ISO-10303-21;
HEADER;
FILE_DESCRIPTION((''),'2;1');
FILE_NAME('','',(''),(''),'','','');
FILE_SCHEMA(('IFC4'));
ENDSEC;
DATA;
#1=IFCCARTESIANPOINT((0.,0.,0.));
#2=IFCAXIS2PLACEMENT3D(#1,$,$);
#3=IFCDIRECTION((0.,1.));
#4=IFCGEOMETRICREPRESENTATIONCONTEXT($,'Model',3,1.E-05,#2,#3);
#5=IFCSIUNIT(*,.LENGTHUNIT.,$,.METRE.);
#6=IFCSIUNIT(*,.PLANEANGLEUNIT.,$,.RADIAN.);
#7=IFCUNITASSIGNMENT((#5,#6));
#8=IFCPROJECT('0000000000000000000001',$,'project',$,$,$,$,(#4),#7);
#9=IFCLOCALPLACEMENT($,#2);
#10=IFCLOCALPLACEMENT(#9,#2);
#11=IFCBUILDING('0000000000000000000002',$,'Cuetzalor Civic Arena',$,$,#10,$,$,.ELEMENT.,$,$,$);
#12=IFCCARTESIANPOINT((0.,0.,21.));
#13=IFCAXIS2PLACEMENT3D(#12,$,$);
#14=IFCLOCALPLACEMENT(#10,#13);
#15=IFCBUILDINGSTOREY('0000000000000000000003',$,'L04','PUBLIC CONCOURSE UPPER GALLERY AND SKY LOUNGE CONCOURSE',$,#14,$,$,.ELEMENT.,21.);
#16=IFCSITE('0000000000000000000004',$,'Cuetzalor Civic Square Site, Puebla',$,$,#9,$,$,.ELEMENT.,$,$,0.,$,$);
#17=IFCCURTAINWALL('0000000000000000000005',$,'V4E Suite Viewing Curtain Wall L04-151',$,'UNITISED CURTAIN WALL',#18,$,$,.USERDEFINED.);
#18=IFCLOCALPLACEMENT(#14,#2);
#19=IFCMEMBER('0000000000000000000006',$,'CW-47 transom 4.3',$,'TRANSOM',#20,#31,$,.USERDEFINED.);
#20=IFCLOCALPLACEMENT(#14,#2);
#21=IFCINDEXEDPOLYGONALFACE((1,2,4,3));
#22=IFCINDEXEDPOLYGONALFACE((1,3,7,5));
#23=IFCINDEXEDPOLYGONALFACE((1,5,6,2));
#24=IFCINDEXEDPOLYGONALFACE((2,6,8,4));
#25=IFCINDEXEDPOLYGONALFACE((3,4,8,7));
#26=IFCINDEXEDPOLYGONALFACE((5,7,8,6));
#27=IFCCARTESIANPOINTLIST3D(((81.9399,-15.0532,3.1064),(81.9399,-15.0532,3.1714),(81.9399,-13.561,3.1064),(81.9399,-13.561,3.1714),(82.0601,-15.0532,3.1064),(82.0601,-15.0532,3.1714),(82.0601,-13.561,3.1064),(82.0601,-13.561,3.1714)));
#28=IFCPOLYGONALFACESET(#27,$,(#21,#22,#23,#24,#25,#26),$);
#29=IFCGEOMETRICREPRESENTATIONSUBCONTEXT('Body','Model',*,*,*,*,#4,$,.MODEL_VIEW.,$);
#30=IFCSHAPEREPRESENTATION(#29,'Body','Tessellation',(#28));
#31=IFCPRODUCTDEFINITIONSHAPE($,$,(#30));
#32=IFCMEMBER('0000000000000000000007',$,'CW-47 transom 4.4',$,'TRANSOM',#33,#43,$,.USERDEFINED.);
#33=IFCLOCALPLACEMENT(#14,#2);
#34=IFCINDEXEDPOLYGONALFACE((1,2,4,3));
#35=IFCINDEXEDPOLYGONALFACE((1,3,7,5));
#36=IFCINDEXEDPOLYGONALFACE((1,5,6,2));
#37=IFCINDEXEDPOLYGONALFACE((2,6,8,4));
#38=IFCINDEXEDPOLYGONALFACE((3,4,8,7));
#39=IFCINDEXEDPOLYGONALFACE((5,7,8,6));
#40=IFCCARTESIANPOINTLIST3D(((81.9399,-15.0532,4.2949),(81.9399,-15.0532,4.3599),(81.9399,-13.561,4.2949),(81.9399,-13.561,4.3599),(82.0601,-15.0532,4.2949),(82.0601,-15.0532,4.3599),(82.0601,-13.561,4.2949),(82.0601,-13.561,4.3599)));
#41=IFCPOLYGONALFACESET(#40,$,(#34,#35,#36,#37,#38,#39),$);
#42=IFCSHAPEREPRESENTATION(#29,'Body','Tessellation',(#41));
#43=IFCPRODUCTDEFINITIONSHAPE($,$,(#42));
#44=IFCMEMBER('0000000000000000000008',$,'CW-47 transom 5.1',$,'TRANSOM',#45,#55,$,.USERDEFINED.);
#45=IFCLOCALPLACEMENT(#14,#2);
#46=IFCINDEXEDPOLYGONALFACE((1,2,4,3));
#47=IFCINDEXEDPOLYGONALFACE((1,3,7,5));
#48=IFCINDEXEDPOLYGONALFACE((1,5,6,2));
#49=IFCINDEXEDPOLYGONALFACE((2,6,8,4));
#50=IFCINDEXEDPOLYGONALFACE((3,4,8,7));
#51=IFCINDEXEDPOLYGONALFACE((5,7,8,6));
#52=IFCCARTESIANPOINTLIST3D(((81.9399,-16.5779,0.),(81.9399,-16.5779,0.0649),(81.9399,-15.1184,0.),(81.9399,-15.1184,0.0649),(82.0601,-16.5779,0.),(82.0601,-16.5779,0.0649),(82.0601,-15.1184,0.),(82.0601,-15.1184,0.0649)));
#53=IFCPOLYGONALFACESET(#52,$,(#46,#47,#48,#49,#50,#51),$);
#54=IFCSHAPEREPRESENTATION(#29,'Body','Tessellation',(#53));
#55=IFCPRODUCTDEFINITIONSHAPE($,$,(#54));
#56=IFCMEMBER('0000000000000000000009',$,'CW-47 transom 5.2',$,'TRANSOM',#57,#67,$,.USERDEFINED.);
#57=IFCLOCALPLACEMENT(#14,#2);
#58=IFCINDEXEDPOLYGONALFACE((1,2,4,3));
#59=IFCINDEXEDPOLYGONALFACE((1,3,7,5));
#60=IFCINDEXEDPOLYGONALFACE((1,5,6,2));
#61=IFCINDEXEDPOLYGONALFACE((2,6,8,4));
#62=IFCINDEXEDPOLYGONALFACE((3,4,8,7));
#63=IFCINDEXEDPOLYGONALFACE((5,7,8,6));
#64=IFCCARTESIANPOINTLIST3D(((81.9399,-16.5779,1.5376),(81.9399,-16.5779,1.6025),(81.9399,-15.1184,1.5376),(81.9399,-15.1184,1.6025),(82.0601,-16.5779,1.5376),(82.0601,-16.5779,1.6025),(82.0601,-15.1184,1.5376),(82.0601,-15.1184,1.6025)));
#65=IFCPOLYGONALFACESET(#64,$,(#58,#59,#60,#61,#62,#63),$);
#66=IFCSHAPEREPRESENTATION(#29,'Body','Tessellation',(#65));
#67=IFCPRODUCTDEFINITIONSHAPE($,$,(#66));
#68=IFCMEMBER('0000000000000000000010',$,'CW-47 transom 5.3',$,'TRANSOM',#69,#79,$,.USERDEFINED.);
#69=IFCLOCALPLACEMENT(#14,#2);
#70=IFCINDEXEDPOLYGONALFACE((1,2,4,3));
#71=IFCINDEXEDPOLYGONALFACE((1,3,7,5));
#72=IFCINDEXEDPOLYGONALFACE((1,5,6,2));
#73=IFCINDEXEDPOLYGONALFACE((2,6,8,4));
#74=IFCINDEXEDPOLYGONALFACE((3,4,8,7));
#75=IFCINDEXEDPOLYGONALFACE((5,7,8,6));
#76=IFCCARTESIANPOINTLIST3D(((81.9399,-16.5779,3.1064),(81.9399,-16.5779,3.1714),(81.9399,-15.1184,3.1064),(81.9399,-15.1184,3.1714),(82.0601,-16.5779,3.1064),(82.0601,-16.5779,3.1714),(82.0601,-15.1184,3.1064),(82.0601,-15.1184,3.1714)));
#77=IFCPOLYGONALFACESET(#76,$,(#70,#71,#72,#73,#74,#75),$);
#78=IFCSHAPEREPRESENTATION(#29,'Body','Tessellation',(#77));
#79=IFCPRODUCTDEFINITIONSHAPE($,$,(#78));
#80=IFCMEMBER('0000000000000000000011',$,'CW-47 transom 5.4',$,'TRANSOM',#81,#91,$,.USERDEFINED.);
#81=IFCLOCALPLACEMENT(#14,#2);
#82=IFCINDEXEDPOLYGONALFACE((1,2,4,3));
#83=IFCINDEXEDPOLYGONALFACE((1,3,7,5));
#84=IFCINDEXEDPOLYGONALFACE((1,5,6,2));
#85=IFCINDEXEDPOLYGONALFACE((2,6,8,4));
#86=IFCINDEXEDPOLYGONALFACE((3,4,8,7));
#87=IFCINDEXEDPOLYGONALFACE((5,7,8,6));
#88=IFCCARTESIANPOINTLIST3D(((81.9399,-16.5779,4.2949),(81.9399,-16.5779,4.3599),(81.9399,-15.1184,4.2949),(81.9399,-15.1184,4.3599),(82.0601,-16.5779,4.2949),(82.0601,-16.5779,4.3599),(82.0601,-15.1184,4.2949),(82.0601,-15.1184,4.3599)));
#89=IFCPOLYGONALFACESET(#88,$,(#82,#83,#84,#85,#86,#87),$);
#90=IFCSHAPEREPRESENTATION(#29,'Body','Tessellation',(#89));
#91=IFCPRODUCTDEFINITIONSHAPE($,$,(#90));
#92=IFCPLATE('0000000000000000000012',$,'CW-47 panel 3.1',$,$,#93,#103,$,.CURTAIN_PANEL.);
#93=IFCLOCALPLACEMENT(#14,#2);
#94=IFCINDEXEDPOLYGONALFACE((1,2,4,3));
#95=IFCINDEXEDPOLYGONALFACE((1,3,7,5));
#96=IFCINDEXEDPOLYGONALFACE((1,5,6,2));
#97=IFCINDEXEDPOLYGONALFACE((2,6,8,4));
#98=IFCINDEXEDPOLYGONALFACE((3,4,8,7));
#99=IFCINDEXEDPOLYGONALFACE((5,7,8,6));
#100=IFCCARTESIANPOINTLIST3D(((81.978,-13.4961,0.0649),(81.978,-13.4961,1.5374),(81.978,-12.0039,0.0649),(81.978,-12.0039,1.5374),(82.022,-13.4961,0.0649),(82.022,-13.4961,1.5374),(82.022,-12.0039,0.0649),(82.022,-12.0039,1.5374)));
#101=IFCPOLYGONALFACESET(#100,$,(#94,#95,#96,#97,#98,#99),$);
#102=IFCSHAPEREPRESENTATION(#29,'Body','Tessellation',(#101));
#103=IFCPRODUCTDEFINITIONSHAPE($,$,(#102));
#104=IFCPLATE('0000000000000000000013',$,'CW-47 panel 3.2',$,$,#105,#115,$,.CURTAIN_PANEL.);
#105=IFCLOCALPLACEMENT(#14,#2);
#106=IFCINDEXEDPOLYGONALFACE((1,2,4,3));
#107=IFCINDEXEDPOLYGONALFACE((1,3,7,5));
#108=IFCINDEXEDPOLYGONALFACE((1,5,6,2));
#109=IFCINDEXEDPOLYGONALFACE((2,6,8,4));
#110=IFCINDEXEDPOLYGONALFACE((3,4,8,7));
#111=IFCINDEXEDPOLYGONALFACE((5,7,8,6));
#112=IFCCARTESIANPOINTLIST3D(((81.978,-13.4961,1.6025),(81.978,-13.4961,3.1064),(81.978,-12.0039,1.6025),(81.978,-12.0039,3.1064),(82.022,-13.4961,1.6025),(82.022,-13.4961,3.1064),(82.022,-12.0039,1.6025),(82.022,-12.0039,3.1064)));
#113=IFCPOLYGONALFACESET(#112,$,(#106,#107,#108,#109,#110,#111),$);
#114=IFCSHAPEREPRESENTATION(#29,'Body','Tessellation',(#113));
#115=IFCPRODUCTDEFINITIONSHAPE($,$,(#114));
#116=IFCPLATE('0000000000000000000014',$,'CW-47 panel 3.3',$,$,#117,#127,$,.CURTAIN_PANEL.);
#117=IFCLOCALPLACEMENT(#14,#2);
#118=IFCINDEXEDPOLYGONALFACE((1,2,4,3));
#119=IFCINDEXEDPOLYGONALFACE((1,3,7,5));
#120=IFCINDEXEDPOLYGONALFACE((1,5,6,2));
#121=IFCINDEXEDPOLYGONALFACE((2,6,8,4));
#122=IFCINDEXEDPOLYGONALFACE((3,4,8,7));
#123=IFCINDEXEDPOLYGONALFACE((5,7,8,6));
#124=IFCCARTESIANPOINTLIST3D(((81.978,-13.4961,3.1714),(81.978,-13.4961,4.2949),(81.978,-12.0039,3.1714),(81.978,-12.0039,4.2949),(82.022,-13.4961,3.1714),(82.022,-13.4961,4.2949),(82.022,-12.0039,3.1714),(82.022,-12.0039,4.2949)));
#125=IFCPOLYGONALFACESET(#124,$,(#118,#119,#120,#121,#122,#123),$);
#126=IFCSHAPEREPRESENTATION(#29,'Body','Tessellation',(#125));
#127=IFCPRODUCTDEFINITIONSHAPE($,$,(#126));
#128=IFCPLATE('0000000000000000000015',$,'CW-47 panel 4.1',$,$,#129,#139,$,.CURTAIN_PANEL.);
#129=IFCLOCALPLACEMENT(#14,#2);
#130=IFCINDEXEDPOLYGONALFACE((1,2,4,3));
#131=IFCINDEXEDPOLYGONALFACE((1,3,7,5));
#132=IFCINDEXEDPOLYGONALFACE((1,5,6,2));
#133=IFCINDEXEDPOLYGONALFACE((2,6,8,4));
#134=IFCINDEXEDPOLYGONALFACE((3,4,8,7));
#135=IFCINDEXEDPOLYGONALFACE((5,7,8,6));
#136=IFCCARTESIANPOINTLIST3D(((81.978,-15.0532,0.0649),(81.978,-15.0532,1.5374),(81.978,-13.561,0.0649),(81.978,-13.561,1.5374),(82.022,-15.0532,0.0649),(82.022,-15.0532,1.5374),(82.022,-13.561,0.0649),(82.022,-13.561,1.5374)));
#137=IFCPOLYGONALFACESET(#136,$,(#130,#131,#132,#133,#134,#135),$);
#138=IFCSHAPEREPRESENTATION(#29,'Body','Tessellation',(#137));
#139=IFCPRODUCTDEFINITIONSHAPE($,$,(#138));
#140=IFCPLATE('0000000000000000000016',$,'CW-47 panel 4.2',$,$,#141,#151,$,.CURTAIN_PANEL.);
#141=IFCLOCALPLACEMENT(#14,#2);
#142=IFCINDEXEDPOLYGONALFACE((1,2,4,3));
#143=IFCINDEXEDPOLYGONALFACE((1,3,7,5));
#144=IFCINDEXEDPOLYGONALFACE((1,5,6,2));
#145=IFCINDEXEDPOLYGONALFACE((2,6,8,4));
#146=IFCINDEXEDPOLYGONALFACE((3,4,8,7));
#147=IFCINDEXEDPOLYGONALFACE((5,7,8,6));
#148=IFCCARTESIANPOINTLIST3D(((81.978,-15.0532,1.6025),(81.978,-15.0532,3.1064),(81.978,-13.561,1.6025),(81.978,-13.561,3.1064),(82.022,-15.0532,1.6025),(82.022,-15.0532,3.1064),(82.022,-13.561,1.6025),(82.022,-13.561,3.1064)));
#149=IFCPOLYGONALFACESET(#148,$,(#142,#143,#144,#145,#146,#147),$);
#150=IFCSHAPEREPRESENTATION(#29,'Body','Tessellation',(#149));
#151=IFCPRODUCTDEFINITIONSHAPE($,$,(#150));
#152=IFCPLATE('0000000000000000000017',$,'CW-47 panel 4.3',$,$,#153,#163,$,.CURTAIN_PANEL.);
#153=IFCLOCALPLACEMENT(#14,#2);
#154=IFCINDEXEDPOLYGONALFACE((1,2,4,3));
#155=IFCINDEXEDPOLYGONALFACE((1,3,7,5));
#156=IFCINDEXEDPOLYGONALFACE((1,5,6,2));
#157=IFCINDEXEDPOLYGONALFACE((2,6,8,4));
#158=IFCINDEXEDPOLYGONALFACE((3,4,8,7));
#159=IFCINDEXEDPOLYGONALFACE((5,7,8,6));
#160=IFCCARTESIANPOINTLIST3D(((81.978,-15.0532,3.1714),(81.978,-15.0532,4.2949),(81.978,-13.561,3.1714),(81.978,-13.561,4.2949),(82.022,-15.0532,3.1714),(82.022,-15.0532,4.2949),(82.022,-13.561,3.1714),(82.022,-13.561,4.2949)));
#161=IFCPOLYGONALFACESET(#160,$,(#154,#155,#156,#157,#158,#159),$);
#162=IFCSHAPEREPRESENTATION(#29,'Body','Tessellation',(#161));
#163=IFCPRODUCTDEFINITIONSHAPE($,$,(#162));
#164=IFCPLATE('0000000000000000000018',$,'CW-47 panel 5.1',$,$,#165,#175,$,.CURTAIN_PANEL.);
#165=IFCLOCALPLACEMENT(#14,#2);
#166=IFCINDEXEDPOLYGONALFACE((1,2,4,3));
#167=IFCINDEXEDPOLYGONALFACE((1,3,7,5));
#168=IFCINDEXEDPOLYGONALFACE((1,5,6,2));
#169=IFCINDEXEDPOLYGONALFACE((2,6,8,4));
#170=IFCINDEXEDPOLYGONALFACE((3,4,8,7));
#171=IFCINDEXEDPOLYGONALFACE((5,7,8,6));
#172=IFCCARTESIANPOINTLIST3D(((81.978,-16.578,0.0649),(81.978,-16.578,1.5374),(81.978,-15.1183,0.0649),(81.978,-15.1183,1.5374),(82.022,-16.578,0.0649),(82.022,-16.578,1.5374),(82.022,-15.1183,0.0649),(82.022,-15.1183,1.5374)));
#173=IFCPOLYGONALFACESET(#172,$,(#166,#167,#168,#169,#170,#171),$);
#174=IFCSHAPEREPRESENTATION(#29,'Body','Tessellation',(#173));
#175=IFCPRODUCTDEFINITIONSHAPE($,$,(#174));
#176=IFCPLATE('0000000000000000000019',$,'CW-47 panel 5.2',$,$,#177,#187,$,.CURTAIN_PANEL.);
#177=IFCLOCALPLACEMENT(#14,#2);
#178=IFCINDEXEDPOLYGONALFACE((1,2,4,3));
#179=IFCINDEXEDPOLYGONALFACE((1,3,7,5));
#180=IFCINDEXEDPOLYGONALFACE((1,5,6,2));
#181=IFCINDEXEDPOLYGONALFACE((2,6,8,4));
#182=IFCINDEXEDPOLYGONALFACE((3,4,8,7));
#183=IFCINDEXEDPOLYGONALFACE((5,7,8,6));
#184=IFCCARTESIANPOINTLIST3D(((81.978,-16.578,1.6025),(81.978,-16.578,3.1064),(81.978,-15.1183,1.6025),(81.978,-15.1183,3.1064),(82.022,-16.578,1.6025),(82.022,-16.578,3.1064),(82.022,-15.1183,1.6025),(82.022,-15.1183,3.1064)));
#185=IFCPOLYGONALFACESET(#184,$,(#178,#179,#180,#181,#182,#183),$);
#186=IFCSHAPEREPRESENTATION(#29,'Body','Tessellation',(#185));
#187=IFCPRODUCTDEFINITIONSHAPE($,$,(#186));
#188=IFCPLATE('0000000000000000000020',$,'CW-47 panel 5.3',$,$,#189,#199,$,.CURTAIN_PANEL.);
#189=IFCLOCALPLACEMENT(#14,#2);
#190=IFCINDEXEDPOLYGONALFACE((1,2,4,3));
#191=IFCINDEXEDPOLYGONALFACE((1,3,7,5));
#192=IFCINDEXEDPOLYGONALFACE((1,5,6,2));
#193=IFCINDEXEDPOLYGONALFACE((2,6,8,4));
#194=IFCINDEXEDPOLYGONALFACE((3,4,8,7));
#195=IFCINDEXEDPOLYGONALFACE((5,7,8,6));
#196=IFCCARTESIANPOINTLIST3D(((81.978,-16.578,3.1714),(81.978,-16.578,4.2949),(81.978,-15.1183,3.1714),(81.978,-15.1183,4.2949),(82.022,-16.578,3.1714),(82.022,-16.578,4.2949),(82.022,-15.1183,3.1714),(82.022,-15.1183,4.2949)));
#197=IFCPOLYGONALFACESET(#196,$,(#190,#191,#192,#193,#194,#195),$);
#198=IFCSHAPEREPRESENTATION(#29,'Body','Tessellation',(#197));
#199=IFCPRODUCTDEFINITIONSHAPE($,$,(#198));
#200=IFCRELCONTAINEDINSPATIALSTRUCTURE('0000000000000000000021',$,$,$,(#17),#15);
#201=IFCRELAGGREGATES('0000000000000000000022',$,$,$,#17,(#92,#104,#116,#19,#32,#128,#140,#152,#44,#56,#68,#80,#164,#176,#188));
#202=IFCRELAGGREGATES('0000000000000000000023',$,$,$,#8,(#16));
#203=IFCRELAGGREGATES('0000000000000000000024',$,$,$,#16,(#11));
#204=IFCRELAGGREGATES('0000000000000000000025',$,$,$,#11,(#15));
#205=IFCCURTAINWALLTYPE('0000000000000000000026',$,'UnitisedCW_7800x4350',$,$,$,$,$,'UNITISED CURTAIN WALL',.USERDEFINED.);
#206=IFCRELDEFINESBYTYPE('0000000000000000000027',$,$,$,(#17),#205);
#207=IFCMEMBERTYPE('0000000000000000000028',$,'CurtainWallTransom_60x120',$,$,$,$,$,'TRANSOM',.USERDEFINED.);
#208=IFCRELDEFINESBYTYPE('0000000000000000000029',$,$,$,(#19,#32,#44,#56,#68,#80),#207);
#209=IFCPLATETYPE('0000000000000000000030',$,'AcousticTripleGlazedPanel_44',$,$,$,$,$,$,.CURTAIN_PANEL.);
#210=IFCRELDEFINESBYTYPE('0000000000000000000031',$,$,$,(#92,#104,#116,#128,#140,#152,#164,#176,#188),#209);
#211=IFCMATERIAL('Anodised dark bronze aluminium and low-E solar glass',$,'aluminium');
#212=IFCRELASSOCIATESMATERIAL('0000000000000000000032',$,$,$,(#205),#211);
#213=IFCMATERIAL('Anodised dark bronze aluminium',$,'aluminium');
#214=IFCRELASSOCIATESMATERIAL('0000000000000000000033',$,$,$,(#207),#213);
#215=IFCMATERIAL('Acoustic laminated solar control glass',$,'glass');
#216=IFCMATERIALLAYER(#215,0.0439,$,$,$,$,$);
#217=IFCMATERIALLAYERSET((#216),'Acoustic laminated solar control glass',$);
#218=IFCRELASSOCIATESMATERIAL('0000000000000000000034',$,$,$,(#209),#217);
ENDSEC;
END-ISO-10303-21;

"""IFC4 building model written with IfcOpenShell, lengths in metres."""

from ifc_helpers import new_model, si_unit, direction, frame, origin, origin_2d, place, context, subcontext, project, spatial, rectangle, extrude, material, layer, layer_set, material_profile, profile_set, type_object, element, aggregate, save


model = new_model("IFC4")

# Units and contexts
model_context = context("Model", 3, precision=1e-05, world=origin(), true_north=direction((0.0, 1.0)))
body_context = subcontext(model_context, "Body", "Model", "MODEL_VIEW")
ifc_project = project(units=[si_unit("LENGTHUNIT", "METRE"), si_unit("PLANEANGLEUNIT", "RADIAN")], contexts=[model_context])

# Site, building, storey
site_placement = place(None, origin())
site = spatial("IfcSite", under=ifc_project, at=site_placement, Name="Cuetzalor Civic Square Site, Puebla", CompositionType="ELEMENT", RefElevation=0.0)
building_placement = place(site_placement, origin())
building = spatial("IfcBuilding", under=site, at=building_placement, Name="Cuetzalor Civic Arena", CompositionType="ELEMENT")
storey_placement = place(building_placement, frame((0.0, 0.0, 21.0)))
storey = spatial("IfcBuildingStorey", under=building, at=storey_placement, Name="L04", Description="PUBLIC CONCOURSE UPPER GALLERY AND SKY LOUNGE CONCOURSE", CompositionType="ELEMENT", Elevation=21.0)

# Curtain wall, members, plates
ifc_material_1 = material(Name="Anodised dark bronze aluminium and low-E solar glass", Category="aluminium")
curtain_wall_type = type_object("IfcCurtainWallType", Name="UnitisedCW_7800x4350", ElementType="UNITISED CURTAIN WALL", PredefinedType="USERDEFINED", material=ifc_material_1)
curtain_wall_placement = place(storey_placement, origin())
curtain_wall = element("IfcCurtainWall", 1, at=curtain_wall_placement, inside=storey, type_object=curtain_wall_type, Name="V4E Suite Viewing Curtain Wall L04-151", ObjectType="UNITISED CURTAIN WALL", PredefinedType="USERDEFINED")
ifc_material_2 = material(Name="Anodised dark bronze aluminium", Category="aluminium")
ifc_material_profile_1 = material_profile(ifc_material_2, rectangle(XDim=0.1201, YDim=0.0649, at=origin_2d()), Name="ALU TRANSOM 65x120")
ifc_profile_set_1 = profile_set([ifc_material_profile_1], Name="Anodised dark bronze aluminium")
member_type_1 = type_object("IfcMemberType", Name="CurtainWallTransom_60x120", ElementType="TRANSOM", PredefinedType="USERDEFINED", material=ifc_profile_set_1)
member_1_placement = place(storey_placement, frame((82.0, -13.561, 3.1389), z_axis=(0.0, -1.0, 0.0), x_axis=(1.0, 0.0, 0.0)))
member_1 = element("IfcMember", 2, at=member_1_placement, type_object=member_type_1, Name="CW-47 transom 4.3", ObjectType="TRANSOM", PredefinedType="USERDEFINED", context=body_context, shape_type="SweptSolid", body=[
    extrude(rectangle(XDim=0.1201, YDim=0.0649, at=origin_2d()), origin(), (0.0, 0.0, 1.0), 1.4922),
])
member_2_placement = place(storey_placement, frame((82.0, -13.561, 4.3274), z_axis=(0.0, -1.0, 0.0), x_axis=(1.0, 0.0, 0.0)))
member_2 = element("IfcMember", 3, at=member_2_placement, type_object=member_type_1, Name="CW-47 transom 4.4", ObjectType="TRANSOM", PredefinedType="USERDEFINED", context=body_context, shape_type="SweptSolid", body=[
    extrude(rectangle(XDim=0.1201, YDim=0.0649, at=origin_2d()), origin(), (0.0, 0.0, 1.0), 1.4922),
])
member_3_placement = place(storey_placement, frame((82.0, -15.1184, 0.0325), z_axis=(0.0, -1.0, 0.0), x_axis=(1.0, 0.0, 0.0)))
member_3 = element("IfcMember", 4, at=member_3_placement, type_object=member_type_1, Name="CW-47 transom 5.1", ObjectType="TRANSOM", PredefinedType="USERDEFINED", context=body_context, shape_type="SweptSolid", body=[
    extrude(rectangle(XDim=0.1201, YDim=0.0649, at=origin_2d()), origin(), (0.0, 0.0, 1.0), 1.4595),
])
member_4_placement = place(storey_placement, frame((82.0, -15.1184, 1.5701), z_axis=(0.0, -1.0, 0.0), x_axis=(1.0, 0.0, 0.0)))
member_4 = element("IfcMember", 5, at=member_4_placement, type_object=member_type_1, Name="CW-47 transom 5.2", ObjectType="TRANSOM", PredefinedType="USERDEFINED", context=body_context, shape_type="SweptSolid", body=[
    extrude(rectangle(XDim=0.1201, YDim=0.0649, at=origin_2d()), origin(), (0.0, 0.0, 1.0), 1.4595),
])
member_5_placement = place(storey_placement, frame((82.0, -15.1184, 3.1389), z_axis=(0.0, -1.0, 0.0), x_axis=(1.0, 0.0, 0.0)))
member_5 = element("IfcMember", 6, at=member_5_placement, type_object=member_type_1, Name="CW-47 transom 5.3", ObjectType="TRANSOM", PredefinedType="USERDEFINED", context=body_context, shape_type="SweptSolid", body=[
    extrude(rectangle(XDim=0.1201, YDim=0.0649, at=origin_2d()), origin(), (0.0, 0.0, 1.0), 1.4595),
])
member_6_placement = place(storey_placement, frame((82.0, -15.1184, 4.3274), z_axis=(0.0, -1.0, 0.0), x_axis=(1.0, 0.0, 0.0)))
member_6 = element("IfcMember", 7, at=member_6_placement, type_object=member_type_1, Name="CW-47 transom 5.4", ObjectType="TRANSOM", PredefinedType="USERDEFINED", context=body_context, shape_type="SweptSolid", body=[
    extrude(rectangle(XDim=0.1201, YDim=0.0649, at=origin_2d()), origin(), (0.0, 0.0, 1.0), 1.4595),
])
ifc_material_3 = material(Name="Acoustic laminated solar control glass", Category="glass")
ifc_layer_1 = layer(ifc_material_3, 0.0439)
ifc_layer_set_1 = layer_set([ifc_layer_1], Name="Acoustic laminated solar control glass")
plate_type = type_object("IfcPlateType", Name="AcousticTripleGlazedPanel_44", PredefinedType="CURTAIN_PANEL", material=ifc_layer_set_1)
plate_1_placement = place(storey_placement, frame((82.0, -12.75, 0.0649), z_axis=(0.0, 0.0, 1.0), x_axis=(0.0, -1.0, 0.0)))
plate_1 = element("IfcPlate", 8, at=plate_1_placement, type_object=plate_type, Name="CW-47 panel 3.1", PredefinedType="CURTAIN_PANEL", context=body_context, shape_type="SweptSolid", body=[
    extrude(rectangle(XDim=1.4922, YDim=0.0439, at=origin_2d()), origin(), (0.0, 0.0, 1.0), 1.4724),
])
plate_2_placement = place(storey_placement, frame((82.0, -12.75, 1.6025), z_axis=(0.0, 0.0, 1.0), x_axis=(0.0, -1.0, 0.0)))
plate_2 = element("IfcPlate", 9, at=plate_2_placement, type_object=plate_type, Name="CW-47 panel 3.2", PredefinedType="CURTAIN_PANEL", context=body_context, shape_type="SweptSolid", body=[
    extrude(rectangle(XDim=1.4922, YDim=0.0439, at=origin_2d()), origin(), (0.0, 0.0, 1.0), 1.5039),
])
plate_3_placement = place(storey_placement, frame((82.0, -12.75, 3.1714), z_axis=(0.0, 0.0, 1.0), x_axis=(0.0, -1.0, 0.0)))
plate_3 = element("IfcPlate", 10, at=plate_3_placement, type_object=plate_type, Name="CW-47 panel 3.3", PredefinedType="CURTAIN_PANEL", context=body_context, shape_type="SweptSolid", body=[
    extrude(rectangle(XDim=1.4922, YDim=0.0439, at=origin_2d()), origin(), (0.0, 0.0, 1.0), 1.1235),
])
plate_4_placement = place(storey_placement, frame((82.0, -14.3071, 0.0649), z_axis=(0.0, 0.0, 1.0), x_axis=(0.0, -1.0, 0.0)))
plate_4 = element("IfcPlate", 11, at=plate_4_placement, type_object=plate_type, Name="CW-47 panel 4.1", PredefinedType="CURTAIN_PANEL", context=body_context, shape_type="SweptSolid", body=[
    extrude(rectangle(XDim=1.4922, YDim=0.0439, at=origin_2d()), origin(), (0.0, 0.0, 1.0), 1.4724),
])
plate_5_placement = place(storey_placement, frame((82.0, -14.3071, 1.6025), z_axis=(0.0, 0.0, 1.0), x_axis=(0.0, -1.0, 0.0)))
plate_5 = element("IfcPlate", 12, at=plate_5_placement, type_object=plate_type, Name="CW-47 panel 4.2", PredefinedType="CURTAIN_PANEL", context=body_context, shape_type="SweptSolid", body=[
    extrude(rectangle(XDim=1.4922, YDim=0.0439, at=origin_2d()), origin(), (0.0, 0.0, 1.0), 1.5039),
])
plate_6_placement = place(storey_placement, frame((82.0, -14.3071, 3.1714), z_axis=(0.0, 0.0, 1.0), x_axis=(0.0, -1.0, 0.0)))
plate_6 = element("IfcPlate", 13, at=plate_6_placement, type_object=plate_type, Name="CW-47 panel 4.3", PredefinedType="CURTAIN_PANEL", context=body_context, shape_type="SweptSolid", body=[
    extrude(rectangle(XDim=1.4922, YDim=0.0439, at=origin_2d()), origin(), (0.0, 0.0, 1.0), 1.1235),
])
plate_7_placement = place(storey_placement, frame((82.0, -15.8481, 0.0649), z_axis=(0.0, 0.0, 1.0), x_axis=(0.0, -1.0, 0.0)))
plate_7 = element("IfcPlate", 14, at=plate_7_placement, type_object=plate_type, Name="CW-47 panel 5.1", PredefinedType="CURTAIN_PANEL", context=body_context, shape_type="SweptSolid", body=[
    extrude(rectangle(XDim=1.4597, YDim=0.0439, at=origin_2d()), origin(), (0.0, 0.0, 1.0), 1.4724),
])
plate_8_placement = place(storey_placement, frame((82.0, -15.8481, 1.6025), z_axis=(0.0, 0.0, 1.0), x_axis=(0.0, -1.0, 0.0)))
plate_8 = element("IfcPlate", 15, at=plate_8_placement, type_object=plate_type, Name="CW-47 panel 5.2", PredefinedType="CURTAIN_PANEL", context=body_context, shape_type="SweptSolid", body=[
    extrude(rectangle(XDim=1.4597, YDim=0.0439, at=origin_2d()), origin(), (0.0, 0.0, 1.0), 1.5039),
])
plate_9_placement = place(storey_placement, frame((82.0, -15.8481, 3.1714), z_axis=(0.0, 0.0, 1.0), x_axis=(0.0, -1.0, 0.0)))
plate_9 = element("IfcPlate", 16, at=plate_9_placement, type_object=plate_type, Name="CW-47 panel 5.3", PredefinedType="CURTAIN_PANEL", context=body_context, shape_type="SweptSolid", body=[
    extrude(rectangle(XDim=1.4597, YDim=0.0439, at=origin_2d()), origin(), (0.0, 0.0, 1.0), 1.1235),
])
aggregate(curtain_wall, [plate_1, plate_2, plate_3, member_1, member_2, plate_4, plate_5, plate_6, member_3, member_4, member_5, member_6, plate_7, plate_8, plate_9])

save(model, "model.ifc")
